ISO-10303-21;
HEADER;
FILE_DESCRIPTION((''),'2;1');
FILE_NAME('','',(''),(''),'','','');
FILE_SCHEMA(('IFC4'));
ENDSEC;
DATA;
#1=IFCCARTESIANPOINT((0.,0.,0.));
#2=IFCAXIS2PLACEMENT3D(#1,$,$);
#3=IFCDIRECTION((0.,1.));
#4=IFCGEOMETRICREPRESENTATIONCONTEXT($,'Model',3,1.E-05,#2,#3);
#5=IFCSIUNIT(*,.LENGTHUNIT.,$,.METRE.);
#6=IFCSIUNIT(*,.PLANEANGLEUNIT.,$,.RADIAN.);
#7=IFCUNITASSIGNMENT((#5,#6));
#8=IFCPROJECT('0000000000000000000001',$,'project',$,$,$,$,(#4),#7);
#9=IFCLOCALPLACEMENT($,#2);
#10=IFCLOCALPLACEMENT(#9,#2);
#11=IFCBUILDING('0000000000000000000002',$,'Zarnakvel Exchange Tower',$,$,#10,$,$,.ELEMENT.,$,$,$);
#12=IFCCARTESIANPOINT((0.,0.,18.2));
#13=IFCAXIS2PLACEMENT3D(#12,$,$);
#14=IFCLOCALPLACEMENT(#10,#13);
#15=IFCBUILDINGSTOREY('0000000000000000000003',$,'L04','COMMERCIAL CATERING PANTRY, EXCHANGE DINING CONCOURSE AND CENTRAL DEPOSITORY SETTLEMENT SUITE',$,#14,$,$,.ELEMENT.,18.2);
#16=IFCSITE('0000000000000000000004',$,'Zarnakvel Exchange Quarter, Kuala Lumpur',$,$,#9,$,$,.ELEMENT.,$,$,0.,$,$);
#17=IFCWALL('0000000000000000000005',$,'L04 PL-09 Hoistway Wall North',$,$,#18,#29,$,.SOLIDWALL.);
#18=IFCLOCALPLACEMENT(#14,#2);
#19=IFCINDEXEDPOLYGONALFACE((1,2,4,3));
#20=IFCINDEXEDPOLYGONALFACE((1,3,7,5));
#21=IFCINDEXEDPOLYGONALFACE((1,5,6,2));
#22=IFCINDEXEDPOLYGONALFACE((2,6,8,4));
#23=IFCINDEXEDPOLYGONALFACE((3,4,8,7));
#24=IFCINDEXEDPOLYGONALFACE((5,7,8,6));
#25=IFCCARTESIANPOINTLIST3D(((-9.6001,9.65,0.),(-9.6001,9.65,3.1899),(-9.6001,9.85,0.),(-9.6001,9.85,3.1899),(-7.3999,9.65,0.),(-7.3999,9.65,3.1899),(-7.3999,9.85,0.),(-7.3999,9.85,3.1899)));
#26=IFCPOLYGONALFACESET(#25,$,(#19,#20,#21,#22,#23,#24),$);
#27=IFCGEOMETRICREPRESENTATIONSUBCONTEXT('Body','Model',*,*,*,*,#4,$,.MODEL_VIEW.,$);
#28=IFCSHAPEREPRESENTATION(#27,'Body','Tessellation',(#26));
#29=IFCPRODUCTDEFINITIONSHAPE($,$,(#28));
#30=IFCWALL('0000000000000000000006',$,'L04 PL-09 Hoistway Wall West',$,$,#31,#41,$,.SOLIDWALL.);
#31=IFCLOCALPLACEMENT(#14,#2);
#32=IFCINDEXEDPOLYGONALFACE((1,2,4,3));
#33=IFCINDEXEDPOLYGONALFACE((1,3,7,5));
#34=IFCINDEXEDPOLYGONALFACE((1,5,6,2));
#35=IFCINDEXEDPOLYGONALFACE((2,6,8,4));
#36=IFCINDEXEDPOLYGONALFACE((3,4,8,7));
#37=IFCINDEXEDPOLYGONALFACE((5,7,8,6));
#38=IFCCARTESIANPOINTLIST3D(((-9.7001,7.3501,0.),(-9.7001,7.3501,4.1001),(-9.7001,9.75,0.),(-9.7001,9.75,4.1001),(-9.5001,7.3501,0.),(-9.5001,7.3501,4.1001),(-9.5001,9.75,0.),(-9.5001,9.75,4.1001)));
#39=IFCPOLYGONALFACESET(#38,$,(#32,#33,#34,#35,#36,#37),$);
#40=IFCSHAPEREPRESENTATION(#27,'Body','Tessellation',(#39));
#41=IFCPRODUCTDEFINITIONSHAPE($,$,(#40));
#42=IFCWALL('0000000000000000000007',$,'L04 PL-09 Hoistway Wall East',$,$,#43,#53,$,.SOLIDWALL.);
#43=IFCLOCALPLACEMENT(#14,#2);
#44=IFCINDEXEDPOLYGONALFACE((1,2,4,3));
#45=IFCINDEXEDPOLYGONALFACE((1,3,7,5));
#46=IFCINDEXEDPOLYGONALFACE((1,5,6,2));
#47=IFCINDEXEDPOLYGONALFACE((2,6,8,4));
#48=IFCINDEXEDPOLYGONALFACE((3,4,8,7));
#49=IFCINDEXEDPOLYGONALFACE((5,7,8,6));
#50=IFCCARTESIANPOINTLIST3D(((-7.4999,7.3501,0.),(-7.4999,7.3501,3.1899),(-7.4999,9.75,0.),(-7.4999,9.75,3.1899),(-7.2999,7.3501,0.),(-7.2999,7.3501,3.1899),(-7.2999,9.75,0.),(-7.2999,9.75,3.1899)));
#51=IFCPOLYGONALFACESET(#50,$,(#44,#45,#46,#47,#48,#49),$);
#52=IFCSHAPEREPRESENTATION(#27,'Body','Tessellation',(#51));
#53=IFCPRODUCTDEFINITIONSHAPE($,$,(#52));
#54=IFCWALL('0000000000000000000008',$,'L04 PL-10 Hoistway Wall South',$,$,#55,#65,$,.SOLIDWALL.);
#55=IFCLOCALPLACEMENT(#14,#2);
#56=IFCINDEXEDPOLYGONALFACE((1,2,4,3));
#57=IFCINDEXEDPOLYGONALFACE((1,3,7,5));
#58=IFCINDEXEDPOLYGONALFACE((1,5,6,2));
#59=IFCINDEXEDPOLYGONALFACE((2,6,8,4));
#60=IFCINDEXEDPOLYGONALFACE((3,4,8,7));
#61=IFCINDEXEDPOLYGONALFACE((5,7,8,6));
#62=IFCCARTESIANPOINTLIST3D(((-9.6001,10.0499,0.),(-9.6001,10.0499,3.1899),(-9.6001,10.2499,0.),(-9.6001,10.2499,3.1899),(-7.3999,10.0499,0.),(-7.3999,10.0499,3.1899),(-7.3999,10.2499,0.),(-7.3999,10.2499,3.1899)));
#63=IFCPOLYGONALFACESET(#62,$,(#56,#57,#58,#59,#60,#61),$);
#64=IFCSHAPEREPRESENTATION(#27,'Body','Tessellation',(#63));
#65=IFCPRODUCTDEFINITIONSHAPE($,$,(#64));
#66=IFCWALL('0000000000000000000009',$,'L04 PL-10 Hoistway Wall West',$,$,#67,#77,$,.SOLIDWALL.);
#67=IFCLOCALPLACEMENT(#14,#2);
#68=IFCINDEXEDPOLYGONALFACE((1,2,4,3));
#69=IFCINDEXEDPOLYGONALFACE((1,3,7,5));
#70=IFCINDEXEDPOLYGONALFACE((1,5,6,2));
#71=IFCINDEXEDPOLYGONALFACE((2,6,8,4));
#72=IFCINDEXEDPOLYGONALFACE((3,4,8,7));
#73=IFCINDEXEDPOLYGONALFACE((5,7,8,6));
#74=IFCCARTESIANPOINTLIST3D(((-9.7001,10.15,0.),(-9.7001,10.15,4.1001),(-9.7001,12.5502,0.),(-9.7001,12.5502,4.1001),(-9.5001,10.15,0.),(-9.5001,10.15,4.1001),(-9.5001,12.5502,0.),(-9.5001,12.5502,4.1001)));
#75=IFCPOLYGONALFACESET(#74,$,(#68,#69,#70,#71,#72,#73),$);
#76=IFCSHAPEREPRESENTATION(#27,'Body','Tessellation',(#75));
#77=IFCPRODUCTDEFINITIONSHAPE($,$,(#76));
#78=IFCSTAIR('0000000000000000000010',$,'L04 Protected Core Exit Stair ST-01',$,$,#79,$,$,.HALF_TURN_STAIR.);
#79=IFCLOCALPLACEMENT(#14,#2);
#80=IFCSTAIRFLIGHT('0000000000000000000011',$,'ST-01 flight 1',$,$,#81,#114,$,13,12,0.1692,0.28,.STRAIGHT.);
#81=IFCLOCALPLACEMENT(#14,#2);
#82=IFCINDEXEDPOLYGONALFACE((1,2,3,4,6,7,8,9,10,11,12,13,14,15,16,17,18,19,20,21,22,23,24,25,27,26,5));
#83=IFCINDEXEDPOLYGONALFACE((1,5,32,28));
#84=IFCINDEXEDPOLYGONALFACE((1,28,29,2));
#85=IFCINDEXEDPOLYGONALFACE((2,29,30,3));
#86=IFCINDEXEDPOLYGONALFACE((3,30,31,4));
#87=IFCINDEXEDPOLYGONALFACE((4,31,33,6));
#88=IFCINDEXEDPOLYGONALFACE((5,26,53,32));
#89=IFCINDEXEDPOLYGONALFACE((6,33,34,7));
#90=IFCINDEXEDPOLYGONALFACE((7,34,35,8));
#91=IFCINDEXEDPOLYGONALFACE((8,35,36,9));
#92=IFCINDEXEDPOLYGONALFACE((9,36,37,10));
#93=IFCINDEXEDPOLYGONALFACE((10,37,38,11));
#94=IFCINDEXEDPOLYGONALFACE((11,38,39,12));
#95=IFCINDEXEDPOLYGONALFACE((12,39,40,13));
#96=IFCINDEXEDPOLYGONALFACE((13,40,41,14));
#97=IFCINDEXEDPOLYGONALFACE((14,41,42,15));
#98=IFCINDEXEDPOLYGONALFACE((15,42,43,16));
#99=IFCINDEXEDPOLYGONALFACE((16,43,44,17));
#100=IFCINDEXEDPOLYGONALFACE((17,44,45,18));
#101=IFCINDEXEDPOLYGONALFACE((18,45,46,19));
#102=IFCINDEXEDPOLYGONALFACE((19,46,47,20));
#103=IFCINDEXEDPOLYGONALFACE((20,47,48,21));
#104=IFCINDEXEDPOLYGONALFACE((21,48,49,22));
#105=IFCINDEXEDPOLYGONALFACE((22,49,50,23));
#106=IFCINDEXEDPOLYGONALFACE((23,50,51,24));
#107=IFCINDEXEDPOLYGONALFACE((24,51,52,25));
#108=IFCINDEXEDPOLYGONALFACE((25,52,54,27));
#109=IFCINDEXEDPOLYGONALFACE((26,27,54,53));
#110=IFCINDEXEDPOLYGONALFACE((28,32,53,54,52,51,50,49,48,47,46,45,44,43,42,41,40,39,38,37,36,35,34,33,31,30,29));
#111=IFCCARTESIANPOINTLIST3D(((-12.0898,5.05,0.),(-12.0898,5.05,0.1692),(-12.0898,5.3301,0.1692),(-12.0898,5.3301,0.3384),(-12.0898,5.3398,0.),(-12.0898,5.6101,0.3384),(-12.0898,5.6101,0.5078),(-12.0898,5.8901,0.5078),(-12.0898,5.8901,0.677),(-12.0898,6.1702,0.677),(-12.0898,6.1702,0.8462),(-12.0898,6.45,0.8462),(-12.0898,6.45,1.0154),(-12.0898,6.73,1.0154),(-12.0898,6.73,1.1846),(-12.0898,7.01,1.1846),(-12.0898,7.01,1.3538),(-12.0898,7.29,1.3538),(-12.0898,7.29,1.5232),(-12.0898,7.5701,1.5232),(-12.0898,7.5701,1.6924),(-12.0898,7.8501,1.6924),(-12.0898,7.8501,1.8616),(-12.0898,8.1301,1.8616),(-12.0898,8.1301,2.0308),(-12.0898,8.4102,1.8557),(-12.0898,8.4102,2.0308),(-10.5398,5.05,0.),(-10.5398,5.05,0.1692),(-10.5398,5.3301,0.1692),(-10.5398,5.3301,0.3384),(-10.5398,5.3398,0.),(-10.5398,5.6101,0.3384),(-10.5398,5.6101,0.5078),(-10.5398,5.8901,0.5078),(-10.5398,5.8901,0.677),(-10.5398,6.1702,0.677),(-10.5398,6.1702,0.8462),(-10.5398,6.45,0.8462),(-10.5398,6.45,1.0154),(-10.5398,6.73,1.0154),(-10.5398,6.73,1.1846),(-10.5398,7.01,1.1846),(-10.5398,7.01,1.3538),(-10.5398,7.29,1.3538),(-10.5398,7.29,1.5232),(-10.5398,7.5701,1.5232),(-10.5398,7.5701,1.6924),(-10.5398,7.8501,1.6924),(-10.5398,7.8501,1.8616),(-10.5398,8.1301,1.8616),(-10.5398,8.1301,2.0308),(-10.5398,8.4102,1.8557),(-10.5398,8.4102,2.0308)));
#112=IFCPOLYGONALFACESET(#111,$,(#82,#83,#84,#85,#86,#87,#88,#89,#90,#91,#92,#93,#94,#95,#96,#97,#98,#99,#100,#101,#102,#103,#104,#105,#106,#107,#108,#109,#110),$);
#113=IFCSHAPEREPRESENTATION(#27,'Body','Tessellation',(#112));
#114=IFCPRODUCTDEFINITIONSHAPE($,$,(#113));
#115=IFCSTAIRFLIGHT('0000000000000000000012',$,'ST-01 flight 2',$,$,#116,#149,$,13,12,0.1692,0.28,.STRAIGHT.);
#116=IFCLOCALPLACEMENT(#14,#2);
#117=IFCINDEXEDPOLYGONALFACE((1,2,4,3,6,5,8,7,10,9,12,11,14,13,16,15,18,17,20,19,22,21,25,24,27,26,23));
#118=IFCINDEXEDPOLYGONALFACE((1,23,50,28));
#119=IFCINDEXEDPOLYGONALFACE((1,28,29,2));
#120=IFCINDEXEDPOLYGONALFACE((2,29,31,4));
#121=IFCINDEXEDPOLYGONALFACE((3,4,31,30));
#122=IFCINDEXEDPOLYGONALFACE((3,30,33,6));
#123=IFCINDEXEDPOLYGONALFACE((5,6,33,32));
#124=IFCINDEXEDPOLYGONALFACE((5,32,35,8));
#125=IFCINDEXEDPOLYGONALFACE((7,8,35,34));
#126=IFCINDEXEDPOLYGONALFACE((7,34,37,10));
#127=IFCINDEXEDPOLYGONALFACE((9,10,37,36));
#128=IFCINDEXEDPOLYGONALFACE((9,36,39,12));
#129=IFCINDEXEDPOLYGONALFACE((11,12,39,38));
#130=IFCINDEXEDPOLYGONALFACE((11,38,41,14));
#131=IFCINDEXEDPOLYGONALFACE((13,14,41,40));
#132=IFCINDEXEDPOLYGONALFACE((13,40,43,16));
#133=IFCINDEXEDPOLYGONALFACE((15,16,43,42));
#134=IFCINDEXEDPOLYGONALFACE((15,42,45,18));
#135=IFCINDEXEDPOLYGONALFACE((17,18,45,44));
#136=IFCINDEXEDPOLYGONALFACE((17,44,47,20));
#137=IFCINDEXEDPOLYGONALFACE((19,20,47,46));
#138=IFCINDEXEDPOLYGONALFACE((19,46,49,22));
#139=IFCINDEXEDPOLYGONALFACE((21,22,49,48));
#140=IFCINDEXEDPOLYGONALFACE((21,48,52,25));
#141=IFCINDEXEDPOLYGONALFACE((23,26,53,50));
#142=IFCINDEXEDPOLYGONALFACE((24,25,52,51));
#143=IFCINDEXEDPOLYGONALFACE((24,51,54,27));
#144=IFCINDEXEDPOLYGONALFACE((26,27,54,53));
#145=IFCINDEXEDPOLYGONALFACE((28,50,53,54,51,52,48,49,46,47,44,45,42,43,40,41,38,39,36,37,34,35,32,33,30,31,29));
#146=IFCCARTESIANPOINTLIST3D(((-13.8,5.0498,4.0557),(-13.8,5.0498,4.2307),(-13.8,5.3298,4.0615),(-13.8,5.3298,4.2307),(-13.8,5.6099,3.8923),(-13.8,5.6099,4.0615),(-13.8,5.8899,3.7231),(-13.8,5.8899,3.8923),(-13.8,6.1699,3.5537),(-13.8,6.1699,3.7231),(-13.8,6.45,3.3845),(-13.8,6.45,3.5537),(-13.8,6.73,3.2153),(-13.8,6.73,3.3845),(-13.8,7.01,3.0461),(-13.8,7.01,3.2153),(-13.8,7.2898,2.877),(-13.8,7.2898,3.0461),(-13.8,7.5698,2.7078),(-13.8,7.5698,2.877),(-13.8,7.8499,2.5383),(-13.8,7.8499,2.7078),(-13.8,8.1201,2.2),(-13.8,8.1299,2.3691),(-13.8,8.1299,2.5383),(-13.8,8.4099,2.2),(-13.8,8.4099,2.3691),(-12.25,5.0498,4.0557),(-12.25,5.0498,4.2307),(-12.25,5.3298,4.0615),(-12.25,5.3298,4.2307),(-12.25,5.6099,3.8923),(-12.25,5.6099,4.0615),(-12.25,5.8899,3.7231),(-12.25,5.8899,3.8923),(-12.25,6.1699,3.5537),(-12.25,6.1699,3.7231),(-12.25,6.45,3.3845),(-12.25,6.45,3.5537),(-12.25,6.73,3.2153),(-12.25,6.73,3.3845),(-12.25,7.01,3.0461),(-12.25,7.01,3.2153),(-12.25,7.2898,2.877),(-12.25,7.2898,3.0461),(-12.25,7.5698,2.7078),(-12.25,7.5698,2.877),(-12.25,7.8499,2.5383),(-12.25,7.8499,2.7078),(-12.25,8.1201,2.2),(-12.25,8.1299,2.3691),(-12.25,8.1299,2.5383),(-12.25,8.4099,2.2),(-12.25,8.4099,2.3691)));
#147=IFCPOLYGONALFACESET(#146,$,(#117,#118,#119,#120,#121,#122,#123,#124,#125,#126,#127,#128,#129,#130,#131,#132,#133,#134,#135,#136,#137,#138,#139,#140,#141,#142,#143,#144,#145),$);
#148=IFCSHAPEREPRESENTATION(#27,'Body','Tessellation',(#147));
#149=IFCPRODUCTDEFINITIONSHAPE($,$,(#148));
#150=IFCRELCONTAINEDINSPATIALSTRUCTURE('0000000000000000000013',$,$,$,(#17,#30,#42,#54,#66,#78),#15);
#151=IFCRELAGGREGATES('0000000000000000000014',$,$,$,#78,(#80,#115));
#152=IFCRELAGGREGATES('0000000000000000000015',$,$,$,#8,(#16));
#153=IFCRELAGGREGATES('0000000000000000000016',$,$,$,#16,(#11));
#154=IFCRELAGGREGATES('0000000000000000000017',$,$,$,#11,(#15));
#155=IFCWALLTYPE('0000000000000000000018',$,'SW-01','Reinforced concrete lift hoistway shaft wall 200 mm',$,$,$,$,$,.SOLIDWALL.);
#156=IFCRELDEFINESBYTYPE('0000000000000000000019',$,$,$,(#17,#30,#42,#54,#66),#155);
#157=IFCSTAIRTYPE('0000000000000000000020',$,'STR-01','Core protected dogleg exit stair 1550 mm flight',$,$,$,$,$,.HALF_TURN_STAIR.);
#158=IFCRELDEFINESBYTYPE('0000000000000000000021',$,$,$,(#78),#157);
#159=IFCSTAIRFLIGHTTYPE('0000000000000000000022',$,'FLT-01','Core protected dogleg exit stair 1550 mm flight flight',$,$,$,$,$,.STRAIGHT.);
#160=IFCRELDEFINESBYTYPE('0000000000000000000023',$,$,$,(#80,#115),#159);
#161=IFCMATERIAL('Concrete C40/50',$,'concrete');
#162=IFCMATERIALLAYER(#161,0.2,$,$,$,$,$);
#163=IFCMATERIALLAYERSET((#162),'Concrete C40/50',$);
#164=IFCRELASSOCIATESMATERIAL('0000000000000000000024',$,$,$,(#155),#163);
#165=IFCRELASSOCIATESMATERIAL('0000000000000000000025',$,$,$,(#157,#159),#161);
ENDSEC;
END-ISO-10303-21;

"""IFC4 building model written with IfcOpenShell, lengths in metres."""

from ifc_helpers import new_model, si_unit, direction, frame, frame_2d, origin, place, context, subcontext, project, spatial, polyline, rectangle, outline, extrude, material, layer, layer_set, type_object, element, aggregate, save


model = new_model("IFC4")

# Units and contexts
model_context = context("Model", 3, precision=1e-05, world=origin(), true_north=direction((0.0, 1.0)))
body_context = subcontext(model_context, "Body", "Model", "MODEL_VIEW")
ifc_project = project(units=[si_unit("LENGTHUNIT", "METRE"), si_unit("PLANEANGLEUNIT", "RADIAN")], contexts=[model_context])

# Site, building, storey
site_placement = place(None, origin())
site = spatial("IfcSite", under=ifc_project, at=site_placement, Name="Zarnakvel Exchange Quarter, Kuala Lumpur", CompositionType="ELEMENT", RefElevation=0.0)
building_placement = place(site_placement, origin())
building = spatial("IfcBuilding", under=site, at=building_placement, Name="Zarnakvel Exchange Tower", CompositionType="ELEMENT")
storey_placement = place(building_placement, frame((0.0, 0.0, 18.2)))
storey = spatial("IfcBuildingStorey", under=building, at=storey_placement, Name="L04", Description="COMMERCIAL CATERING PANTRY, EXCHANGE DINING CONCOURSE AND CENTRAL DEPOSITORY SETTLEMENT SUITE", CompositionType="ELEMENT", Elevation=18.2)

# Shared definitions
ifc_material_1 = material(Name="Concrete C40/50", Category="concrete")
ifc_layer_1 = layer(ifc_material_1, 0.2)
ifc_layer_set_1 = layer_set([ifc_layer_1], Name="Concrete C40/50")
wall_type_1 = type_object("IfcWallType", Name="SW-01", Description="Reinforced concrete lift hoistway shaft wall 200 mm", PredefinedType="SOLIDWALL", material=ifc_layer_set_1)

# Walls
for number, where, z_axis, x_axis, name in (
    (1, (-9.6001, 9.75, 0.0), (0.0, 0.0, 1.0), (1.0, 0.0, 0.0), "L04 PL-09 Hoistway Wall North"),
):
    element("IfcWall", number, at=place(storey_placement, frame(where, z_axis=z_axis, x_axis=x_axis)), inside=storey, type_object=wall_type_1, Name=name, PredefinedType="SOLIDWALL", context=body_context, shape_type="SweptSolid", body=[
        extrude(rectangle(XDim=2.2002, YDim=0.2, at=frame_2d((1.1001, 0.0))), origin(), (0.0, 0.0, 1.0), 3.1899),
    ])
wall_1_placement = place(storey_placement, frame((-9.6001, 7.3501, 0.0), z_axis=(0.0, 0.0, 1.0), x_axis=(0.0, 1.0, 0.0)))
element("IfcWall", 2, at=wall_1_placement, inside=storey, type_object=wall_type_1, Name="L04 PL-09 Hoistway Wall West", PredefinedType="SOLIDWALL", context=body_context, shape_type="SweptSolid", body=[
    extrude(rectangle(XDim=2.3999, YDim=0.2, at=frame_2d((1.2, 0.0))), origin(), (0.0, 0.0, 1.0), 4.1001),
])
wall_2_placement = place(storey_placement, frame((-7.3999, 9.75, 0.0), z_axis=(0.0, 0.0, 1.0), x_axis=(0.0, -1.0, 0.0)))
element("IfcWall", 3, at=wall_2_placement, inside=storey, type_object=wall_type_1, Name="L04 PL-09 Hoistway Wall East", PredefinedType="SOLIDWALL", context=body_context, shape_type="SweptSolid", body=[
    extrude(rectangle(XDim=2.3999, YDim=0.2, at=frame_2d((1.2, 0.0))), origin(), (0.0, 0.0, 1.0), 3.1899),
])
wall_3_placement = place(storey_placement, frame((-7.3999, 10.1499, 0.0), z_axis=(0.0, 0.0, 1.0), x_axis=(-1.0, 0.0, 0.0)))
element("IfcWall", 4, at=wall_3_placement, inside=storey, type_object=wall_type_1, Name="L04 PL-10 Hoistway Wall South", PredefinedType="SOLIDWALL", context=body_context, shape_type="SweptSolid", body=[
    extrude(rectangle(XDim=2.2002, YDim=0.2, at=frame_2d((1.1001, 0.0))), origin(), (0.0, 0.0, 1.0), 3.1899),
])
wall_4_placement = place(storey_placement, frame((-9.6001, 10.1499, 0.0), z_axis=(0.0, 0.0, 1.0), x_axis=(0.0, 1.0, 0.0)))
element("IfcWall", 5, at=wall_4_placement, inside=storey, type_object=wall_type_1, Name="L04 PL-10 Hoistway Wall West", PredefinedType="SOLIDWALL", context=body_context, shape_type="SweptSolid", body=[
    extrude(rectangle(XDim=2.4001, YDim=0.2, at=frame_2d((1.2002, 0.0))), origin(), (0.0, 0.0, 1.0), 4.1001),
])

# Stair, stair flights
stair_type = type_object("IfcStairType", Name="STR-01", Description="Core protected dogleg exit stair 1550 mm flight", PredefinedType="HALF_TURN_STAIR", material=ifc_material_1)
stair_placement = place(storey_placement, origin())
stair = element("IfcStair", 6, at=stair_placement, inside=storey, type_object=stair_type, Name="L04 Protected Core Exit Stair ST-01", PredefinedType="HALF_TURN_STAIR")
stair_flight_type = type_object("IfcStairFlightType", Name="FLT-01", Description="Core protected dogleg exit stair 1550 mm flight flight", PredefinedType="STRAIGHT", material=ifc_material_1)
stair_flight_1_placement = place(storey_placement, frame((-11.3149, 5.05, 0.0), z_axis=(0.0, 0.0, 1.0), x_axis=(0.0, 1.0, 0.0)))
stair_flight_1 = element("IfcStairFlight", 7, at=stair_flight_1_placement, type_object=stair_flight_type, Name="ST-01 flight 1", NumberOfRisers=13, NumberOfTreads=12, PredefinedType="STRAIGHT", RiserHeight=0.1692, TreadLength=0.28, context=body_context, shape_type="SweptSolid", body=[
    extrude(outline(polyline([(0.0, 0.0), (0.0, 0.1692), (0.28, 0.1692), (0.28, 0.3384), (0.5601, 0.3384), (0.5601, 0.5078), (0.8401, 0.5078), (0.8401, 0.677), (1.1201, 0.677), (1.1201, 0.8462), (1.3999, 0.8462), (1.3999, 1.0154), (1.6799, 1.0154), (1.6799, 1.1846), (1.96, 1.1846), (1.96, 1.3538), (2.24, 1.3538), (2.24, 1.5232), (2.52, 1.5232), (2.52, 1.6924), (2.8, 1.6924), (2.8, 1.8616), (3.0801, 1.8616), (3.0801, 2.0308), (3.3601, 2.0308), (3.3601, 2.2), (3.3601, 1.8557), (0.2898, 0.0), (0.0, 0.0)])), frame((0.0, 0.7749, 0.0), z_axis=(0.0, -1.0, 0.0), x_axis=(1.0, 0.0, 0.0)), (0.0, 0.0, 1.0), 1.55),
])
stair_flight_2_placement = place(storey_placement, frame((-13.0249, 8.4099, 2.2), z_axis=(0.0, 0.0, 1.0), x_axis=(0.0, -1.0, 0.0)))
stair_flight_2 = element("IfcStairFlight", 8, at=stair_flight_2_placement, type_object=stair_flight_type, Name="ST-01 flight 2", NumberOfRisers=13, NumberOfTreads=12, PredefinedType="STRAIGHT", RiserHeight=0.1692, TreadLength=0.28, context=body_context, shape_type="SweptSolid", body=[
    extrude(outline(polyline([(0.0, 0.0), (0.0, 0.1692), (0.28, 0.1692), (0.28, 0.3384), (0.5601, 0.3384), (0.5601, 0.5078), (0.8401, 0.5078), (0.8401, 0.677), (1.1201, 0.677), (1.1201, 0.8462), (1.3999, 0.8462), (1.3999, 1.0154), (1.6799, 1.0154), (1.6799, 1.1846), (1.96, 1.1846), (1.96, 1.3538), (2.24, 1.3538), (2.24, 1.5232), (2.52, 1.5232), (2.52, 1.6924), (2.8, 1.6924), (2.8, 1.8616), (3.0801, 1.8616), (3.0801, 2.0308), (3.3601, 2.0308), (3.3601, 2.2), (3.3601, 1.8557), (0.2898, 0.0), (0.0, 0.0)])), frame((0.0, 0.7749, 0.0), z_axis=(0.0, -1.0, 0.0), x_axis=(1.0, 0.0, 0.0)), (0.0, 0.0, 1.0), 1.55),
])
aggregate(stair, [stair_flight_1, stair_flight_2])

save(model, "model.ifc")
